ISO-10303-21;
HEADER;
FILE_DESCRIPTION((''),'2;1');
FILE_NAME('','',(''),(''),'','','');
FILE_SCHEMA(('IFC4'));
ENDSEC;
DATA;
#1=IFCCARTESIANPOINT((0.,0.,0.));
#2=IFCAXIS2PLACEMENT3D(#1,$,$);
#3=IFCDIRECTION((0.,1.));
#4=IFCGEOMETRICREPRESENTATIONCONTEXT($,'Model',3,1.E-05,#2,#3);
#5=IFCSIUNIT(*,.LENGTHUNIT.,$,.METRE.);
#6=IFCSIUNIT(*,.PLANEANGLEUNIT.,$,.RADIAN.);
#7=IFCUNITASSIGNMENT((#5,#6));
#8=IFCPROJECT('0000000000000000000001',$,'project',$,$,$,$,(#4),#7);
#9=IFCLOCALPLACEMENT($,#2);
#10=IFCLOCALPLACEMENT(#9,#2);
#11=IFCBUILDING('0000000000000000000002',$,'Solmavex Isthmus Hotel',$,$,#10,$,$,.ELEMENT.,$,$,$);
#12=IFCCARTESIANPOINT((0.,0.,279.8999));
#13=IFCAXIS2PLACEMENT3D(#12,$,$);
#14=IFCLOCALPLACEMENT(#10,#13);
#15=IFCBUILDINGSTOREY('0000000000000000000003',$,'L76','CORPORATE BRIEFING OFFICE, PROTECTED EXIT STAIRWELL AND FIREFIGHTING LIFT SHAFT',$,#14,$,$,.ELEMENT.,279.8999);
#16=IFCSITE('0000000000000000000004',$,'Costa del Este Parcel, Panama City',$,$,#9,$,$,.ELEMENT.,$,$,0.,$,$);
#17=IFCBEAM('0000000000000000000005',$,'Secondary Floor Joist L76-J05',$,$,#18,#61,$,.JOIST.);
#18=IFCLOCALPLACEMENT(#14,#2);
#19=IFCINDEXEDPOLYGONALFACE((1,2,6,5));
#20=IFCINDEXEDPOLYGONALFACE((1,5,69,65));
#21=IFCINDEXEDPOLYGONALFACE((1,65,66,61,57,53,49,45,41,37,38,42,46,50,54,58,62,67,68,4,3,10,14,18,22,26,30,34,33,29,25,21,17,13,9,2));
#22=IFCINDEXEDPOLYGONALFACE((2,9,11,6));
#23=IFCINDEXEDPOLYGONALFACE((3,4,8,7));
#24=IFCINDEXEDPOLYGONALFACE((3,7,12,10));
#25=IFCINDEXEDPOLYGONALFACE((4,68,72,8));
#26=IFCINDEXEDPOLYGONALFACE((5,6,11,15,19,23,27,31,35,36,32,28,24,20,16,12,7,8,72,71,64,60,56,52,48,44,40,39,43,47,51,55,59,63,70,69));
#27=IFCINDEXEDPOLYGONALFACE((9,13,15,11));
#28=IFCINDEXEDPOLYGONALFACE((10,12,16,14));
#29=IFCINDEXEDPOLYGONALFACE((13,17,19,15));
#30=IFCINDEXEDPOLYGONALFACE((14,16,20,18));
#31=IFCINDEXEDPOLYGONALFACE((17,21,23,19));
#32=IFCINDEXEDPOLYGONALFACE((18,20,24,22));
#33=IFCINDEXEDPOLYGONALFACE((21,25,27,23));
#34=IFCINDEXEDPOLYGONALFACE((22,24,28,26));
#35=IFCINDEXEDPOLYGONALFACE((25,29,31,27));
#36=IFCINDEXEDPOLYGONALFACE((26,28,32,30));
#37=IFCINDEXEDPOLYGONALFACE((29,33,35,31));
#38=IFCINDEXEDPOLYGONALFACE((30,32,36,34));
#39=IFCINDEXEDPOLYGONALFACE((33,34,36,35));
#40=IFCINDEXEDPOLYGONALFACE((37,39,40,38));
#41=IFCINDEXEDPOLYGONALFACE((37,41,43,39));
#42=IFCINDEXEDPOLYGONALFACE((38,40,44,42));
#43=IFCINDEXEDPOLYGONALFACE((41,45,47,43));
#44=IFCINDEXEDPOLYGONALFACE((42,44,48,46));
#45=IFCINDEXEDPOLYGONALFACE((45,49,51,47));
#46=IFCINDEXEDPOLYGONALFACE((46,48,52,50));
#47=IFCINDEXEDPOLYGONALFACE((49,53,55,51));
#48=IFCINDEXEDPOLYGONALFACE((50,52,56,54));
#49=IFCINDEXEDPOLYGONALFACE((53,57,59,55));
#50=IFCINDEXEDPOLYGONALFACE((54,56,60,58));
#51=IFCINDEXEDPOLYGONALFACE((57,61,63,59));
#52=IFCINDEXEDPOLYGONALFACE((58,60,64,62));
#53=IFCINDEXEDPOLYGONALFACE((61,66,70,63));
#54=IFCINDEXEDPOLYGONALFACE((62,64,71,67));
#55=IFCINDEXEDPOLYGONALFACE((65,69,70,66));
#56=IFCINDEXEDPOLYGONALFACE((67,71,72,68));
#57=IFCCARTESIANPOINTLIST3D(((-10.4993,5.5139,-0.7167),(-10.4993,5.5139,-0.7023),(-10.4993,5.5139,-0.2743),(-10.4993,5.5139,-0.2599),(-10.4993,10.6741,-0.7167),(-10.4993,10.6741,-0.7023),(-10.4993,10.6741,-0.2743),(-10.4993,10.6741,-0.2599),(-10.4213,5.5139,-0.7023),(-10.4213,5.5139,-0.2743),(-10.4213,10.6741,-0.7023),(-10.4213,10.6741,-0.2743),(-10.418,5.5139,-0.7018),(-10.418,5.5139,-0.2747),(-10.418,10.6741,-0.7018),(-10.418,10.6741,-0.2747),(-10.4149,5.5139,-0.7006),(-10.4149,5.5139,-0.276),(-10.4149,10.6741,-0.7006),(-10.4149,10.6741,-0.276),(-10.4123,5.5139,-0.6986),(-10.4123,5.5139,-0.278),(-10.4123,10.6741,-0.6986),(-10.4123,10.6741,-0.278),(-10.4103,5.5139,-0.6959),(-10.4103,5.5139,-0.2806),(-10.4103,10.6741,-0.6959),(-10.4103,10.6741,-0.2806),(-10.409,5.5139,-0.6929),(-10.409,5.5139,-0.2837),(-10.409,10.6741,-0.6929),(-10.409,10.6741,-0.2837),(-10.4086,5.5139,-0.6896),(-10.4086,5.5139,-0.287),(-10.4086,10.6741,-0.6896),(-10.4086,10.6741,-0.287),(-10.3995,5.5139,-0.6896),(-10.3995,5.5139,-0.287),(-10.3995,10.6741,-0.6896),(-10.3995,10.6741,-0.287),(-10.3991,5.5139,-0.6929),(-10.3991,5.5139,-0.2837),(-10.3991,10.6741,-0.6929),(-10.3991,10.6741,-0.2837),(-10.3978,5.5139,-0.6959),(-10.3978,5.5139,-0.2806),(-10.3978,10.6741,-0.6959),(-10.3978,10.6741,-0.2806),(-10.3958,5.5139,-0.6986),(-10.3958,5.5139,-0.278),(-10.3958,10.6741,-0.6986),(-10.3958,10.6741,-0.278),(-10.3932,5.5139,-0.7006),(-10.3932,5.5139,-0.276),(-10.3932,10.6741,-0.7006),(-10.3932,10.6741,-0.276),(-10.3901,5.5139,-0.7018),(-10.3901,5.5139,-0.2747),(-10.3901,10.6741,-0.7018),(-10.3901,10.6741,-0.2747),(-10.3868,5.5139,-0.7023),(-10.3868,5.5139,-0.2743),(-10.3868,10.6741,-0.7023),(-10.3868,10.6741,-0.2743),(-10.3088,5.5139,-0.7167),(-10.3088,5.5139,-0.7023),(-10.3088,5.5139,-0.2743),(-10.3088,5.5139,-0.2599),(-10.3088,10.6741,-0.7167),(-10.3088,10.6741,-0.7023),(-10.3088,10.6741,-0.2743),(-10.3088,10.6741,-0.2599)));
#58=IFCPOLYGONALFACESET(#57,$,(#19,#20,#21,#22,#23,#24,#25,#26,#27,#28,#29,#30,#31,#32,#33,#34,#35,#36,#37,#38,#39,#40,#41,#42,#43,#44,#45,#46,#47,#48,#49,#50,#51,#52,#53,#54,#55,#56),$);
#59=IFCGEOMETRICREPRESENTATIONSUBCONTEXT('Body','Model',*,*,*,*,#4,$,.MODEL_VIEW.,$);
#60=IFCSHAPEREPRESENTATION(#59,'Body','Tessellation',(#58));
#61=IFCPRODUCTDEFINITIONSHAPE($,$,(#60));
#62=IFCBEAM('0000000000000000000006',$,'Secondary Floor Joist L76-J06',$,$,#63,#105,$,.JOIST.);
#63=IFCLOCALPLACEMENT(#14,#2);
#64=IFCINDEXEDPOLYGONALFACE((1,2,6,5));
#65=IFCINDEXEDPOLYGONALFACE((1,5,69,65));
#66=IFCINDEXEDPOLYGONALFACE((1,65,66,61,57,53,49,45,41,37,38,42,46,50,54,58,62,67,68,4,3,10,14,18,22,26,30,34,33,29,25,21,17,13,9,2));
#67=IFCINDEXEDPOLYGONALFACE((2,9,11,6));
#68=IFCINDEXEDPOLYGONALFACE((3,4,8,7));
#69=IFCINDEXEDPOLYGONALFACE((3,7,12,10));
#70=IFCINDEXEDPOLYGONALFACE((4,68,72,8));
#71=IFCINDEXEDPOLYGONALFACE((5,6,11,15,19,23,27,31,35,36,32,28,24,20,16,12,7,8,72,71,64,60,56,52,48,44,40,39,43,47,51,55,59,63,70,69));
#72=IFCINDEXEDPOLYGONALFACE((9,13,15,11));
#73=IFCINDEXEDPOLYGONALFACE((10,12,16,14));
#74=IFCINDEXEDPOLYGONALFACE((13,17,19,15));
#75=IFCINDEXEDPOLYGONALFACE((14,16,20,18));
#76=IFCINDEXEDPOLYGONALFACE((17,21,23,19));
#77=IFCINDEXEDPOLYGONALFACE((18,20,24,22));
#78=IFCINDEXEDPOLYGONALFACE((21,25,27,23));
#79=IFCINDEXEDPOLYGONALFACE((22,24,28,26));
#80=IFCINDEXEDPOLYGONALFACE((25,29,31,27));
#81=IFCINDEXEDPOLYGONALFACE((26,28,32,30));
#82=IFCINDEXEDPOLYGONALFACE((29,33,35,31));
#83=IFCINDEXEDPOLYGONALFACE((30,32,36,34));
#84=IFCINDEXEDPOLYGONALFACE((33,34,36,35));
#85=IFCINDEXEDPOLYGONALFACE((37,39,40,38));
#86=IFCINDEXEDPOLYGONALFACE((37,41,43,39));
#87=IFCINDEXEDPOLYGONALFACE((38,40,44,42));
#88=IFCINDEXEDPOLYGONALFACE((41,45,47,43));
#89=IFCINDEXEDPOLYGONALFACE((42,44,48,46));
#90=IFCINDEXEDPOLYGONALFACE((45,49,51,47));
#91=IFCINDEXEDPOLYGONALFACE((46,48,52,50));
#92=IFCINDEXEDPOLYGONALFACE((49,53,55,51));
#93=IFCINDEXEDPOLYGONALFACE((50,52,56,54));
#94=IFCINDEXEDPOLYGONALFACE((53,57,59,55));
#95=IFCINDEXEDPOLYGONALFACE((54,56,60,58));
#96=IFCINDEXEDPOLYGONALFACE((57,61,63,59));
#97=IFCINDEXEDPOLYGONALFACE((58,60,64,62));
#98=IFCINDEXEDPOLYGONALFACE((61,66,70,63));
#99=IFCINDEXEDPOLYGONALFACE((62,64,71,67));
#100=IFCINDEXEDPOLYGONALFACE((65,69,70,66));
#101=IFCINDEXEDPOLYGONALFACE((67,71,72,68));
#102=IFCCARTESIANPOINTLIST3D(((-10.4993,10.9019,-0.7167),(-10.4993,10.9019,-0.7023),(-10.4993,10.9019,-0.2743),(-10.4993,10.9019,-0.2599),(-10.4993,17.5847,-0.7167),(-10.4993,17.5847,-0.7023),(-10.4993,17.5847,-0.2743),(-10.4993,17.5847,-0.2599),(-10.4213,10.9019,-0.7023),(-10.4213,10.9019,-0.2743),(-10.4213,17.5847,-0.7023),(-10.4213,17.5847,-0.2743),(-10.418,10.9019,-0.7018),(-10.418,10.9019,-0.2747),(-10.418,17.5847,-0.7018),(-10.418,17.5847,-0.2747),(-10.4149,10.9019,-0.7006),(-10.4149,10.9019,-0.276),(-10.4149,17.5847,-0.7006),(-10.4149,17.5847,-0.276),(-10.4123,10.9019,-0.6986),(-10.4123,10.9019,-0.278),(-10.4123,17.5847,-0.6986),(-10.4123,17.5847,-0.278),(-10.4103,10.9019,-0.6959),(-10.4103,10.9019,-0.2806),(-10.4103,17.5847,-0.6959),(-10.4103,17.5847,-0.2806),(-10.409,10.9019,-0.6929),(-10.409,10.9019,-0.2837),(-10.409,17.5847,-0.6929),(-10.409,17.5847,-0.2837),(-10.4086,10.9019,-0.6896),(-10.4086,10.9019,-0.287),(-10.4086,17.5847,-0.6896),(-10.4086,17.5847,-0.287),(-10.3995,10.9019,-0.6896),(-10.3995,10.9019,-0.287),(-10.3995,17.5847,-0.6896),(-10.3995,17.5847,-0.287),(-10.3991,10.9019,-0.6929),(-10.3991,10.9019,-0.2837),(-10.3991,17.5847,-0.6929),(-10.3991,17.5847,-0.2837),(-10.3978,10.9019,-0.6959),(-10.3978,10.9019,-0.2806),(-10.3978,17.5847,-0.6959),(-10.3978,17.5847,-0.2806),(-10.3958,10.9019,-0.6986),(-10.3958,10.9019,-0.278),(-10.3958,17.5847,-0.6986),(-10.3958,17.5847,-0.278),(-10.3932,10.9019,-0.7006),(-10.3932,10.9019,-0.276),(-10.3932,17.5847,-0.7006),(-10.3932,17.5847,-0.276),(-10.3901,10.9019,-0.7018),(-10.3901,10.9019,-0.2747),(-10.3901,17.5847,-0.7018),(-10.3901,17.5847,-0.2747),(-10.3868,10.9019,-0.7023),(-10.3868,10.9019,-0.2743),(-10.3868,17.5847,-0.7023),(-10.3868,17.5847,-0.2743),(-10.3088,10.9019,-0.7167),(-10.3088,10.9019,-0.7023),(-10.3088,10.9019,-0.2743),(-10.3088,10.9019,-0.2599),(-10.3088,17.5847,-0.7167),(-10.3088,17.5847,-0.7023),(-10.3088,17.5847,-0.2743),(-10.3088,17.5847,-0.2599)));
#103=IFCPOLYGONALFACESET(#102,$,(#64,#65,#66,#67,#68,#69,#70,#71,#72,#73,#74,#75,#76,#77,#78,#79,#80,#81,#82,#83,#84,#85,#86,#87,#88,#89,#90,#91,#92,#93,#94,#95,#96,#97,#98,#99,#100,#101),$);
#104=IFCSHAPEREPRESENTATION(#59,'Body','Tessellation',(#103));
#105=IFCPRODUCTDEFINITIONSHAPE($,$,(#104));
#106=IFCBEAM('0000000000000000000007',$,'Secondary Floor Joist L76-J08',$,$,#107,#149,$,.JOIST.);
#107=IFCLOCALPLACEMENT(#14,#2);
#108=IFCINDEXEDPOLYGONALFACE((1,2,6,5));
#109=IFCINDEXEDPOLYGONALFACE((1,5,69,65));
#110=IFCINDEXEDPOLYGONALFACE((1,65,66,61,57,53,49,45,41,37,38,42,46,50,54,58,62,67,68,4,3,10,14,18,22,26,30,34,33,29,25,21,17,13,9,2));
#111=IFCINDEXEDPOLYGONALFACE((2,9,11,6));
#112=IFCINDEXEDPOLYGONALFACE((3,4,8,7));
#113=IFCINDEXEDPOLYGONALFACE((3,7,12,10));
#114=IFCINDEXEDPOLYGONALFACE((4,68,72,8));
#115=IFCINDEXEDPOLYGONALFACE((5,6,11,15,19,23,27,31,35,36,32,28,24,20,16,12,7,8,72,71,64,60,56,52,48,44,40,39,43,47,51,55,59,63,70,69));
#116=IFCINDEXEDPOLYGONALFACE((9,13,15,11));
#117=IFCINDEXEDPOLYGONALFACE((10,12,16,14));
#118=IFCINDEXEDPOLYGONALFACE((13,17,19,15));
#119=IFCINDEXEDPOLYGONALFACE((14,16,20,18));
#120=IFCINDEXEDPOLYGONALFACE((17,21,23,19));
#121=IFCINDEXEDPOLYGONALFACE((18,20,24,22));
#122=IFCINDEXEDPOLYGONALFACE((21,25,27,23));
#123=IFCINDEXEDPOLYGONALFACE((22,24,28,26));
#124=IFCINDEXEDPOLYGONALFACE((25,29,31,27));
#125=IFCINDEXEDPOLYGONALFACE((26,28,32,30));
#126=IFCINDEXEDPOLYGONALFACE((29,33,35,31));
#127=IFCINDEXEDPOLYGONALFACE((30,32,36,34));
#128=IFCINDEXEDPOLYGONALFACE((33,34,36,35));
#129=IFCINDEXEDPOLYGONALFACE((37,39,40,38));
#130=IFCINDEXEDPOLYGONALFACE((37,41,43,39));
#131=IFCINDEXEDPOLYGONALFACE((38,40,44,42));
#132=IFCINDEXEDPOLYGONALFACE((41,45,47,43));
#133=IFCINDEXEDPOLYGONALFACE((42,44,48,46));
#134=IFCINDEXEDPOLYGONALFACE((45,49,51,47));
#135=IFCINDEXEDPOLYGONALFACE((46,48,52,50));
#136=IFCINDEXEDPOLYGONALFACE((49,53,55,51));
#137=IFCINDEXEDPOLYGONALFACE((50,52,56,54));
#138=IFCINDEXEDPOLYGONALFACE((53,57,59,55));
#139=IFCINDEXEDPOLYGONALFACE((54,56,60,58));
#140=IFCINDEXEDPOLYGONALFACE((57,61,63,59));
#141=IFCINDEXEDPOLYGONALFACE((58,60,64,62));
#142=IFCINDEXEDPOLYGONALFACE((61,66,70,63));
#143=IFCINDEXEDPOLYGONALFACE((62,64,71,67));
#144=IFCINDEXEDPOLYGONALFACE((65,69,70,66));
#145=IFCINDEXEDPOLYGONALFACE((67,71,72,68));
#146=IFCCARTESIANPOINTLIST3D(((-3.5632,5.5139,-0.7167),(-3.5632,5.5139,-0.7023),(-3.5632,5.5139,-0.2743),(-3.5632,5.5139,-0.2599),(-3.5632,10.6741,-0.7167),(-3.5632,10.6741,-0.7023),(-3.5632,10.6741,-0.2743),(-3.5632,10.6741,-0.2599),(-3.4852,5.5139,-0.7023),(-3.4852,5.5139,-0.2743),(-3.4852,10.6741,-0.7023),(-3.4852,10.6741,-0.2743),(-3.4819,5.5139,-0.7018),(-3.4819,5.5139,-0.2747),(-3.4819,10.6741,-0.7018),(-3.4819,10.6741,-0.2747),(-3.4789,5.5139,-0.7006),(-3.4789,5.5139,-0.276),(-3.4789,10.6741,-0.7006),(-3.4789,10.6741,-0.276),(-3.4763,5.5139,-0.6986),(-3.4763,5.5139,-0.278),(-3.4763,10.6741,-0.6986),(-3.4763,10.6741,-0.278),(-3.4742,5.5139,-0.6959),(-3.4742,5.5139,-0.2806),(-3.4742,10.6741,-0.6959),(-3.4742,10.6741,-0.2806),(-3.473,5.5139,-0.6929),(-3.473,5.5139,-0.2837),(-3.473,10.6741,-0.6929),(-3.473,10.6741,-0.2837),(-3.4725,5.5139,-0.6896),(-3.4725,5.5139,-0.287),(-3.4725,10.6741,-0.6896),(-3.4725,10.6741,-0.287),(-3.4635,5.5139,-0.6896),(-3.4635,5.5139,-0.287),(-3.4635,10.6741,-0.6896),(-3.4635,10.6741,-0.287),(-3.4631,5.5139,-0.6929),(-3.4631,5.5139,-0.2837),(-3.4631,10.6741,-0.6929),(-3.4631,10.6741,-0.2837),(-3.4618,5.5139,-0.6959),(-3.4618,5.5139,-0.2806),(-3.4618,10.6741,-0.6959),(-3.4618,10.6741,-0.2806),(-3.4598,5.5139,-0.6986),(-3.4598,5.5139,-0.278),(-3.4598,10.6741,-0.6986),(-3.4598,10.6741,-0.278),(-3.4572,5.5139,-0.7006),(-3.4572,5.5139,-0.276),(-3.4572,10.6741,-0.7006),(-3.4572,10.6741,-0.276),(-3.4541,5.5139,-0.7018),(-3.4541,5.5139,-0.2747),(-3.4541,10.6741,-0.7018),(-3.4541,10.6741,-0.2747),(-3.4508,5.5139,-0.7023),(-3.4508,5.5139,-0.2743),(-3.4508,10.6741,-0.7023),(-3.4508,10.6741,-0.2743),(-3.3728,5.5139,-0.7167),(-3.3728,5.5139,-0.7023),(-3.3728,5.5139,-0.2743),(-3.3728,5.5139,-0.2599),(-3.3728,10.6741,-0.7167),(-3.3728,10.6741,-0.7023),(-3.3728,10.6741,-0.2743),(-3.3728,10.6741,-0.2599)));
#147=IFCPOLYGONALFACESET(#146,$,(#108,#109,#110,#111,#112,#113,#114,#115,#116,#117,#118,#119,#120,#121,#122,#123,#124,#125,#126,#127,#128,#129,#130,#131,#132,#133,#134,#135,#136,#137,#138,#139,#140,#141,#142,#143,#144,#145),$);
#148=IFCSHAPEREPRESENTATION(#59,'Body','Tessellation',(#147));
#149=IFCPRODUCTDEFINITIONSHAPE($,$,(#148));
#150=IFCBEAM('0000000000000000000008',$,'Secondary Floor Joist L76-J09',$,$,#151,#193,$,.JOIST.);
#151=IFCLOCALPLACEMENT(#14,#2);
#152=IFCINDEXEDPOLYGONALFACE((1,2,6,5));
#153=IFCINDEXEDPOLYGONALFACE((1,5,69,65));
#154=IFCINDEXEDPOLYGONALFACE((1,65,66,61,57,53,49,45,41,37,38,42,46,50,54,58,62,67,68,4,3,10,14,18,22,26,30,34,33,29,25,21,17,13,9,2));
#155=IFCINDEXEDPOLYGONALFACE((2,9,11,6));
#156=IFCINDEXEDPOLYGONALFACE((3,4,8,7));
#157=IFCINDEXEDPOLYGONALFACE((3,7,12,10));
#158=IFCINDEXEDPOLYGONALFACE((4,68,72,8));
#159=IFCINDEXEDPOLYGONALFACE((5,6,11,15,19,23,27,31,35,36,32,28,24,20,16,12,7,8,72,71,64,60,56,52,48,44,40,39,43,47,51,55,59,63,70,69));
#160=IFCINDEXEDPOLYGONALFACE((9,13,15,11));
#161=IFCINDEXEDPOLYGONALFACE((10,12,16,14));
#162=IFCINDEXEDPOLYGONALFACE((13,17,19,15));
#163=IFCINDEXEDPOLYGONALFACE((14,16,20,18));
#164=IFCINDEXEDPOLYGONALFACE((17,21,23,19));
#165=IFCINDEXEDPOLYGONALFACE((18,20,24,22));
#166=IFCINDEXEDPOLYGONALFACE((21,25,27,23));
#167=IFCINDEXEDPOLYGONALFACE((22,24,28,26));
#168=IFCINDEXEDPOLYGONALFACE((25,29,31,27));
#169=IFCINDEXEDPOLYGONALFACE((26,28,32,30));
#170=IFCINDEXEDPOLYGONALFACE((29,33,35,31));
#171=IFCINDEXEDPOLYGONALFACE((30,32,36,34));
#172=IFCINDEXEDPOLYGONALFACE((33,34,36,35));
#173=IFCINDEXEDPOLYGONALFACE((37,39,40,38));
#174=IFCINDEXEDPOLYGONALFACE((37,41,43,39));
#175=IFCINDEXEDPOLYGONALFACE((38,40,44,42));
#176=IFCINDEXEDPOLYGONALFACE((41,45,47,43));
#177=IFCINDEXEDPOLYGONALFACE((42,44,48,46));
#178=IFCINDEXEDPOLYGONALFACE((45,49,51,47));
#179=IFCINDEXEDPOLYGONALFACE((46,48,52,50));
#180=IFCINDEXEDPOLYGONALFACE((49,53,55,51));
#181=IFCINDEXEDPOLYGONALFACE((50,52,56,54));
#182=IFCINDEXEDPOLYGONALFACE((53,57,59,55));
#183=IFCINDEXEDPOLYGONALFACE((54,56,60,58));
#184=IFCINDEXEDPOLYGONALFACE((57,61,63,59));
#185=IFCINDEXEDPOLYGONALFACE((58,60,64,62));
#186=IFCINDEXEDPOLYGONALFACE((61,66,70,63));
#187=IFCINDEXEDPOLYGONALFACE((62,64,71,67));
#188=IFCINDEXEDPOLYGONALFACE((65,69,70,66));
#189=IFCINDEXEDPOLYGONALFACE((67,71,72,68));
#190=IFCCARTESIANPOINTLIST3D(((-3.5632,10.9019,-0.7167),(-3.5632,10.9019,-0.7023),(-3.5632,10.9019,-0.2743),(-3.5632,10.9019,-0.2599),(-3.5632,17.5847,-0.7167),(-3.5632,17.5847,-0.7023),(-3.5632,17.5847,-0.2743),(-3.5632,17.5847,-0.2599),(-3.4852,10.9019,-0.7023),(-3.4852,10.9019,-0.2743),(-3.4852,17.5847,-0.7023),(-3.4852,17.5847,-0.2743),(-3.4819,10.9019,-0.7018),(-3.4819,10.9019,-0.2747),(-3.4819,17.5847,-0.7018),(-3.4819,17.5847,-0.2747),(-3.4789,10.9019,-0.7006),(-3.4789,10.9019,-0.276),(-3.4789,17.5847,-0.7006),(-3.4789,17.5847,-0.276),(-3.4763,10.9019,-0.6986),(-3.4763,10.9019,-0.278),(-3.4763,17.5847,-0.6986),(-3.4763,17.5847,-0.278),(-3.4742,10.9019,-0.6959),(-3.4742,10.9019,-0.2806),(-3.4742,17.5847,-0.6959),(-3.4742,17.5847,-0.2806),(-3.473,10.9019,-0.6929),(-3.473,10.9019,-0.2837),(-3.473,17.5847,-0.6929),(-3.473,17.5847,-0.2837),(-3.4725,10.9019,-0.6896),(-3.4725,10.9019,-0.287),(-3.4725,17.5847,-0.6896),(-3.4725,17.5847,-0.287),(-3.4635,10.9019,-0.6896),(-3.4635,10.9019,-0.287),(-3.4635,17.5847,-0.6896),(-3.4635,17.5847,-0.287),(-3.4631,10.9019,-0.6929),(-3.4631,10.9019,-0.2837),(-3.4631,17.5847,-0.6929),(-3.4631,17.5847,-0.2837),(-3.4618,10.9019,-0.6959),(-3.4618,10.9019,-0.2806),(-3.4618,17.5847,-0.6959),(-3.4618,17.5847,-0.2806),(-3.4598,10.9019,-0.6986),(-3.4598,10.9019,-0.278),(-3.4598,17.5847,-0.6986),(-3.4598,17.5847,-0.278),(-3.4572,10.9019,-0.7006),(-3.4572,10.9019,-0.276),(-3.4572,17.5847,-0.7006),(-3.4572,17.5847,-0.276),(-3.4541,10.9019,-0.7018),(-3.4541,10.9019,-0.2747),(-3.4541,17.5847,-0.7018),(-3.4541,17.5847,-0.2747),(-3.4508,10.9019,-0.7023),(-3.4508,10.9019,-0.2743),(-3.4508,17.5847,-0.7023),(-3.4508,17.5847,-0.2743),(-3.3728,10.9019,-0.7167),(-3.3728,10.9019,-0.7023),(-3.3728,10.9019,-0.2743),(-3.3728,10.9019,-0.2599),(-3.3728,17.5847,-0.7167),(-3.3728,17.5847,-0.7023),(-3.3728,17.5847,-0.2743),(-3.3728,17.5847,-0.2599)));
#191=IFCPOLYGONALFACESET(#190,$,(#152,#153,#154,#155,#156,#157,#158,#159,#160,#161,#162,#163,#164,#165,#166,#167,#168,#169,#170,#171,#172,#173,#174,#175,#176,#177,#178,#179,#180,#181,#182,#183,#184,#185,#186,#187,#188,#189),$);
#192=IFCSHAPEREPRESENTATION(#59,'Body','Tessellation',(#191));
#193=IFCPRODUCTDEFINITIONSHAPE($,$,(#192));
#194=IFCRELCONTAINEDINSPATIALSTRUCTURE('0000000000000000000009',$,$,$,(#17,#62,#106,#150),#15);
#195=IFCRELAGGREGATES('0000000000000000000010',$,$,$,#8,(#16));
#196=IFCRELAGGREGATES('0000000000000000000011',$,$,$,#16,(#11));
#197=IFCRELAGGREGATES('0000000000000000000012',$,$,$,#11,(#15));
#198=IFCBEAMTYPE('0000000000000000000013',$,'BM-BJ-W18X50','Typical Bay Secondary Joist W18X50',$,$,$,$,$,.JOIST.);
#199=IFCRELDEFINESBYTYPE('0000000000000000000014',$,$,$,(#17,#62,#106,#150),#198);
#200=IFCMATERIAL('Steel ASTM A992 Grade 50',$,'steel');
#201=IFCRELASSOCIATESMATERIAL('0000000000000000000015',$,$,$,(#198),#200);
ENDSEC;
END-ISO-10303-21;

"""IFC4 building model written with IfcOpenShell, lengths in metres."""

from ifc_helpers import new_model, si_unit, direction, frame, origin, origin_2d, place, context, subcontext, project, spatial, i_section, extrude, material, material_profile, profile_set, type_object, element, save


model = new_model("IFC4")

# Units and contexts
model_context = context("Model", 3, precision=1e-05, world=origin(), true_north=direction((0.0, 1.0)))
body_context = subcontext(model_context, "Body", "Model", "MODEL_VIEW")
ifc_project = project(units=[si_unit("LENGTHUNIT", "METRE"), si_unit("PLANEANGLEUNIT", "RADIAN")], contexts=[model_context])

# Site, building, storey
site_placement = place(None, origin())
site = spatial("IfcSite", under=ifc_project, at=site_placement, Name="Costa del Este Parcel, Panama City", CompositionType="ELEMENT", RefElevation=0.0)
building_placement = place(site_placement, origin())
building = spatial("IfcBuilding", under=site, at=building_placement, Name="Solmavex Isthmus Hotel", CompositionType="ELEMENT")
storey_placement = place(building_placement, frame((0.0, 0.0, 279.8999)))
storey = spatial("IfcBuildingStorey", under=building, at=storey_placement, Name="L76", Description="CORPORATE BRIEFING OFFICE, PROTECTED EXIT STAIRWELL AND FIREFIGHTING LIFT SHAFT", CompositionType="ELEMENT", Elevation=279.8999)

# Beams
ifc_material_1 = material(Name="Steel ASTM A992 Grade 50", Category="steel")
ifc_material_profile_1 = material_profile(ifc_material_1, i_section(OverallWidth=0.1904, OverallDepth=0.4568, WebThickness=0.009, FlangeThickness=0.0144, FilletRadius=0.0127, at=origin_2d()), Name="W18X50")
ifc_profile_set_1 = profile_set([ifc_material_profile_1], Name="Steel ASTM A992 Grade 50")
beam_type_1 = type_object("IfcBeamType", Name="BM-BJ-W18X50", Description="Typical Bay Secondary Joist W18X50", PredefinedType="JOIST", material=ifc_profile_set_1)
beam_1_placement = place(storey_placement, frame((-10.4041, 5.5139, -0.4883), z_axis=(0.0, 1.0, 0.0), x_axis=(-1.0, 0.0, 0.0)))
element("IfcBeam", 1, at=beam_1_placement, inside=storey, type_object=beam_type_1, Name="Secondary Floor Joist L76-J05", PredefinedType="JOIST", context=body_context, shape_type="SweptSolid", body=[
    extrude(i_section(OverallWidth=0.1904, OverallDepth=0.4568, WebThickness=0.009, FlangeThickness=0.0144, FilletRadius=0.0127, at=origin_2d()), origin(), (0.0, 0.0, 1.0), 5.1602),
])
beam_2_placement = place(storey_placement, frame((-10.4041, 10.9019, -0.4883), z_axis=(0.0, 1.0, 0.0), x_axis=(-1.0, 0.0, 0.0)))
element("IfcBeam", 2, at=beam_2_placement, inside=storey, type_object=beam_type_1, Name="Secondary Floor Joist L76-J06", PredefinedType="JOIST", context=body_context, shape_type="SweptSolid", body=[
    extrude(i_section(OverallWidth=0.1904, OverallDepth=0.4568, WebThickness=0.009, FlangeThickness=0.0144, FilletRadius=0.0127, at=origin_2d()), origin(), (0.0, 0.0, 1.0), 6.6829),
])
beam_3_placement = place(storey_placement, frame((-3.468, 5.5139, -0.4883), z_axis=(0.0, 1.0, 0.0), x_axis=(-1.0, 0.0, 0.0)))
element("IfcBeam", 3, at=beam_3_placement, inside=storey, type_object=beam_type_1, Name="Secondary Floor Joist L76-J08", PredefinedType="JOIST", context=body_context, shape_type="SweptSolid", body=[
    extrude(i_section(OverallWidth=0.1904, OverallDepth=0.4568, WebThickness=0.009, FlangeThickness=0.0144, FilletRadius=0.0127, at=origin_2d()), origin(), (0.0, 0.0, 1.0), 5.1602),
])
beam_4_placement = place(storey_placement, frame((-3.468, 10.9019, -0.4883), z_axis=(0.0, 1.0, 0.0), x_axis=(-1.0, 0.0, 0.0)))
element("IfcBeam", 4, at=beam_4_placement, inside=storey, type_object=beam_type_1, Name="Secondary Floor Joist L76-J09", PredefinedType="JOIST", context=body_context, shape_type="SweptSolid", body=[
    extrude(i_section(OverallWidth=0.1904, OverallDepth=0.4568, WebThickness=0.009, FlangeThickness=0.0144, FilletRadius=0.0127, at=origin_2d()), origin(), (0.0, 0.0, 1.0), 6.6829),
])

save(model, "model.ifc")
